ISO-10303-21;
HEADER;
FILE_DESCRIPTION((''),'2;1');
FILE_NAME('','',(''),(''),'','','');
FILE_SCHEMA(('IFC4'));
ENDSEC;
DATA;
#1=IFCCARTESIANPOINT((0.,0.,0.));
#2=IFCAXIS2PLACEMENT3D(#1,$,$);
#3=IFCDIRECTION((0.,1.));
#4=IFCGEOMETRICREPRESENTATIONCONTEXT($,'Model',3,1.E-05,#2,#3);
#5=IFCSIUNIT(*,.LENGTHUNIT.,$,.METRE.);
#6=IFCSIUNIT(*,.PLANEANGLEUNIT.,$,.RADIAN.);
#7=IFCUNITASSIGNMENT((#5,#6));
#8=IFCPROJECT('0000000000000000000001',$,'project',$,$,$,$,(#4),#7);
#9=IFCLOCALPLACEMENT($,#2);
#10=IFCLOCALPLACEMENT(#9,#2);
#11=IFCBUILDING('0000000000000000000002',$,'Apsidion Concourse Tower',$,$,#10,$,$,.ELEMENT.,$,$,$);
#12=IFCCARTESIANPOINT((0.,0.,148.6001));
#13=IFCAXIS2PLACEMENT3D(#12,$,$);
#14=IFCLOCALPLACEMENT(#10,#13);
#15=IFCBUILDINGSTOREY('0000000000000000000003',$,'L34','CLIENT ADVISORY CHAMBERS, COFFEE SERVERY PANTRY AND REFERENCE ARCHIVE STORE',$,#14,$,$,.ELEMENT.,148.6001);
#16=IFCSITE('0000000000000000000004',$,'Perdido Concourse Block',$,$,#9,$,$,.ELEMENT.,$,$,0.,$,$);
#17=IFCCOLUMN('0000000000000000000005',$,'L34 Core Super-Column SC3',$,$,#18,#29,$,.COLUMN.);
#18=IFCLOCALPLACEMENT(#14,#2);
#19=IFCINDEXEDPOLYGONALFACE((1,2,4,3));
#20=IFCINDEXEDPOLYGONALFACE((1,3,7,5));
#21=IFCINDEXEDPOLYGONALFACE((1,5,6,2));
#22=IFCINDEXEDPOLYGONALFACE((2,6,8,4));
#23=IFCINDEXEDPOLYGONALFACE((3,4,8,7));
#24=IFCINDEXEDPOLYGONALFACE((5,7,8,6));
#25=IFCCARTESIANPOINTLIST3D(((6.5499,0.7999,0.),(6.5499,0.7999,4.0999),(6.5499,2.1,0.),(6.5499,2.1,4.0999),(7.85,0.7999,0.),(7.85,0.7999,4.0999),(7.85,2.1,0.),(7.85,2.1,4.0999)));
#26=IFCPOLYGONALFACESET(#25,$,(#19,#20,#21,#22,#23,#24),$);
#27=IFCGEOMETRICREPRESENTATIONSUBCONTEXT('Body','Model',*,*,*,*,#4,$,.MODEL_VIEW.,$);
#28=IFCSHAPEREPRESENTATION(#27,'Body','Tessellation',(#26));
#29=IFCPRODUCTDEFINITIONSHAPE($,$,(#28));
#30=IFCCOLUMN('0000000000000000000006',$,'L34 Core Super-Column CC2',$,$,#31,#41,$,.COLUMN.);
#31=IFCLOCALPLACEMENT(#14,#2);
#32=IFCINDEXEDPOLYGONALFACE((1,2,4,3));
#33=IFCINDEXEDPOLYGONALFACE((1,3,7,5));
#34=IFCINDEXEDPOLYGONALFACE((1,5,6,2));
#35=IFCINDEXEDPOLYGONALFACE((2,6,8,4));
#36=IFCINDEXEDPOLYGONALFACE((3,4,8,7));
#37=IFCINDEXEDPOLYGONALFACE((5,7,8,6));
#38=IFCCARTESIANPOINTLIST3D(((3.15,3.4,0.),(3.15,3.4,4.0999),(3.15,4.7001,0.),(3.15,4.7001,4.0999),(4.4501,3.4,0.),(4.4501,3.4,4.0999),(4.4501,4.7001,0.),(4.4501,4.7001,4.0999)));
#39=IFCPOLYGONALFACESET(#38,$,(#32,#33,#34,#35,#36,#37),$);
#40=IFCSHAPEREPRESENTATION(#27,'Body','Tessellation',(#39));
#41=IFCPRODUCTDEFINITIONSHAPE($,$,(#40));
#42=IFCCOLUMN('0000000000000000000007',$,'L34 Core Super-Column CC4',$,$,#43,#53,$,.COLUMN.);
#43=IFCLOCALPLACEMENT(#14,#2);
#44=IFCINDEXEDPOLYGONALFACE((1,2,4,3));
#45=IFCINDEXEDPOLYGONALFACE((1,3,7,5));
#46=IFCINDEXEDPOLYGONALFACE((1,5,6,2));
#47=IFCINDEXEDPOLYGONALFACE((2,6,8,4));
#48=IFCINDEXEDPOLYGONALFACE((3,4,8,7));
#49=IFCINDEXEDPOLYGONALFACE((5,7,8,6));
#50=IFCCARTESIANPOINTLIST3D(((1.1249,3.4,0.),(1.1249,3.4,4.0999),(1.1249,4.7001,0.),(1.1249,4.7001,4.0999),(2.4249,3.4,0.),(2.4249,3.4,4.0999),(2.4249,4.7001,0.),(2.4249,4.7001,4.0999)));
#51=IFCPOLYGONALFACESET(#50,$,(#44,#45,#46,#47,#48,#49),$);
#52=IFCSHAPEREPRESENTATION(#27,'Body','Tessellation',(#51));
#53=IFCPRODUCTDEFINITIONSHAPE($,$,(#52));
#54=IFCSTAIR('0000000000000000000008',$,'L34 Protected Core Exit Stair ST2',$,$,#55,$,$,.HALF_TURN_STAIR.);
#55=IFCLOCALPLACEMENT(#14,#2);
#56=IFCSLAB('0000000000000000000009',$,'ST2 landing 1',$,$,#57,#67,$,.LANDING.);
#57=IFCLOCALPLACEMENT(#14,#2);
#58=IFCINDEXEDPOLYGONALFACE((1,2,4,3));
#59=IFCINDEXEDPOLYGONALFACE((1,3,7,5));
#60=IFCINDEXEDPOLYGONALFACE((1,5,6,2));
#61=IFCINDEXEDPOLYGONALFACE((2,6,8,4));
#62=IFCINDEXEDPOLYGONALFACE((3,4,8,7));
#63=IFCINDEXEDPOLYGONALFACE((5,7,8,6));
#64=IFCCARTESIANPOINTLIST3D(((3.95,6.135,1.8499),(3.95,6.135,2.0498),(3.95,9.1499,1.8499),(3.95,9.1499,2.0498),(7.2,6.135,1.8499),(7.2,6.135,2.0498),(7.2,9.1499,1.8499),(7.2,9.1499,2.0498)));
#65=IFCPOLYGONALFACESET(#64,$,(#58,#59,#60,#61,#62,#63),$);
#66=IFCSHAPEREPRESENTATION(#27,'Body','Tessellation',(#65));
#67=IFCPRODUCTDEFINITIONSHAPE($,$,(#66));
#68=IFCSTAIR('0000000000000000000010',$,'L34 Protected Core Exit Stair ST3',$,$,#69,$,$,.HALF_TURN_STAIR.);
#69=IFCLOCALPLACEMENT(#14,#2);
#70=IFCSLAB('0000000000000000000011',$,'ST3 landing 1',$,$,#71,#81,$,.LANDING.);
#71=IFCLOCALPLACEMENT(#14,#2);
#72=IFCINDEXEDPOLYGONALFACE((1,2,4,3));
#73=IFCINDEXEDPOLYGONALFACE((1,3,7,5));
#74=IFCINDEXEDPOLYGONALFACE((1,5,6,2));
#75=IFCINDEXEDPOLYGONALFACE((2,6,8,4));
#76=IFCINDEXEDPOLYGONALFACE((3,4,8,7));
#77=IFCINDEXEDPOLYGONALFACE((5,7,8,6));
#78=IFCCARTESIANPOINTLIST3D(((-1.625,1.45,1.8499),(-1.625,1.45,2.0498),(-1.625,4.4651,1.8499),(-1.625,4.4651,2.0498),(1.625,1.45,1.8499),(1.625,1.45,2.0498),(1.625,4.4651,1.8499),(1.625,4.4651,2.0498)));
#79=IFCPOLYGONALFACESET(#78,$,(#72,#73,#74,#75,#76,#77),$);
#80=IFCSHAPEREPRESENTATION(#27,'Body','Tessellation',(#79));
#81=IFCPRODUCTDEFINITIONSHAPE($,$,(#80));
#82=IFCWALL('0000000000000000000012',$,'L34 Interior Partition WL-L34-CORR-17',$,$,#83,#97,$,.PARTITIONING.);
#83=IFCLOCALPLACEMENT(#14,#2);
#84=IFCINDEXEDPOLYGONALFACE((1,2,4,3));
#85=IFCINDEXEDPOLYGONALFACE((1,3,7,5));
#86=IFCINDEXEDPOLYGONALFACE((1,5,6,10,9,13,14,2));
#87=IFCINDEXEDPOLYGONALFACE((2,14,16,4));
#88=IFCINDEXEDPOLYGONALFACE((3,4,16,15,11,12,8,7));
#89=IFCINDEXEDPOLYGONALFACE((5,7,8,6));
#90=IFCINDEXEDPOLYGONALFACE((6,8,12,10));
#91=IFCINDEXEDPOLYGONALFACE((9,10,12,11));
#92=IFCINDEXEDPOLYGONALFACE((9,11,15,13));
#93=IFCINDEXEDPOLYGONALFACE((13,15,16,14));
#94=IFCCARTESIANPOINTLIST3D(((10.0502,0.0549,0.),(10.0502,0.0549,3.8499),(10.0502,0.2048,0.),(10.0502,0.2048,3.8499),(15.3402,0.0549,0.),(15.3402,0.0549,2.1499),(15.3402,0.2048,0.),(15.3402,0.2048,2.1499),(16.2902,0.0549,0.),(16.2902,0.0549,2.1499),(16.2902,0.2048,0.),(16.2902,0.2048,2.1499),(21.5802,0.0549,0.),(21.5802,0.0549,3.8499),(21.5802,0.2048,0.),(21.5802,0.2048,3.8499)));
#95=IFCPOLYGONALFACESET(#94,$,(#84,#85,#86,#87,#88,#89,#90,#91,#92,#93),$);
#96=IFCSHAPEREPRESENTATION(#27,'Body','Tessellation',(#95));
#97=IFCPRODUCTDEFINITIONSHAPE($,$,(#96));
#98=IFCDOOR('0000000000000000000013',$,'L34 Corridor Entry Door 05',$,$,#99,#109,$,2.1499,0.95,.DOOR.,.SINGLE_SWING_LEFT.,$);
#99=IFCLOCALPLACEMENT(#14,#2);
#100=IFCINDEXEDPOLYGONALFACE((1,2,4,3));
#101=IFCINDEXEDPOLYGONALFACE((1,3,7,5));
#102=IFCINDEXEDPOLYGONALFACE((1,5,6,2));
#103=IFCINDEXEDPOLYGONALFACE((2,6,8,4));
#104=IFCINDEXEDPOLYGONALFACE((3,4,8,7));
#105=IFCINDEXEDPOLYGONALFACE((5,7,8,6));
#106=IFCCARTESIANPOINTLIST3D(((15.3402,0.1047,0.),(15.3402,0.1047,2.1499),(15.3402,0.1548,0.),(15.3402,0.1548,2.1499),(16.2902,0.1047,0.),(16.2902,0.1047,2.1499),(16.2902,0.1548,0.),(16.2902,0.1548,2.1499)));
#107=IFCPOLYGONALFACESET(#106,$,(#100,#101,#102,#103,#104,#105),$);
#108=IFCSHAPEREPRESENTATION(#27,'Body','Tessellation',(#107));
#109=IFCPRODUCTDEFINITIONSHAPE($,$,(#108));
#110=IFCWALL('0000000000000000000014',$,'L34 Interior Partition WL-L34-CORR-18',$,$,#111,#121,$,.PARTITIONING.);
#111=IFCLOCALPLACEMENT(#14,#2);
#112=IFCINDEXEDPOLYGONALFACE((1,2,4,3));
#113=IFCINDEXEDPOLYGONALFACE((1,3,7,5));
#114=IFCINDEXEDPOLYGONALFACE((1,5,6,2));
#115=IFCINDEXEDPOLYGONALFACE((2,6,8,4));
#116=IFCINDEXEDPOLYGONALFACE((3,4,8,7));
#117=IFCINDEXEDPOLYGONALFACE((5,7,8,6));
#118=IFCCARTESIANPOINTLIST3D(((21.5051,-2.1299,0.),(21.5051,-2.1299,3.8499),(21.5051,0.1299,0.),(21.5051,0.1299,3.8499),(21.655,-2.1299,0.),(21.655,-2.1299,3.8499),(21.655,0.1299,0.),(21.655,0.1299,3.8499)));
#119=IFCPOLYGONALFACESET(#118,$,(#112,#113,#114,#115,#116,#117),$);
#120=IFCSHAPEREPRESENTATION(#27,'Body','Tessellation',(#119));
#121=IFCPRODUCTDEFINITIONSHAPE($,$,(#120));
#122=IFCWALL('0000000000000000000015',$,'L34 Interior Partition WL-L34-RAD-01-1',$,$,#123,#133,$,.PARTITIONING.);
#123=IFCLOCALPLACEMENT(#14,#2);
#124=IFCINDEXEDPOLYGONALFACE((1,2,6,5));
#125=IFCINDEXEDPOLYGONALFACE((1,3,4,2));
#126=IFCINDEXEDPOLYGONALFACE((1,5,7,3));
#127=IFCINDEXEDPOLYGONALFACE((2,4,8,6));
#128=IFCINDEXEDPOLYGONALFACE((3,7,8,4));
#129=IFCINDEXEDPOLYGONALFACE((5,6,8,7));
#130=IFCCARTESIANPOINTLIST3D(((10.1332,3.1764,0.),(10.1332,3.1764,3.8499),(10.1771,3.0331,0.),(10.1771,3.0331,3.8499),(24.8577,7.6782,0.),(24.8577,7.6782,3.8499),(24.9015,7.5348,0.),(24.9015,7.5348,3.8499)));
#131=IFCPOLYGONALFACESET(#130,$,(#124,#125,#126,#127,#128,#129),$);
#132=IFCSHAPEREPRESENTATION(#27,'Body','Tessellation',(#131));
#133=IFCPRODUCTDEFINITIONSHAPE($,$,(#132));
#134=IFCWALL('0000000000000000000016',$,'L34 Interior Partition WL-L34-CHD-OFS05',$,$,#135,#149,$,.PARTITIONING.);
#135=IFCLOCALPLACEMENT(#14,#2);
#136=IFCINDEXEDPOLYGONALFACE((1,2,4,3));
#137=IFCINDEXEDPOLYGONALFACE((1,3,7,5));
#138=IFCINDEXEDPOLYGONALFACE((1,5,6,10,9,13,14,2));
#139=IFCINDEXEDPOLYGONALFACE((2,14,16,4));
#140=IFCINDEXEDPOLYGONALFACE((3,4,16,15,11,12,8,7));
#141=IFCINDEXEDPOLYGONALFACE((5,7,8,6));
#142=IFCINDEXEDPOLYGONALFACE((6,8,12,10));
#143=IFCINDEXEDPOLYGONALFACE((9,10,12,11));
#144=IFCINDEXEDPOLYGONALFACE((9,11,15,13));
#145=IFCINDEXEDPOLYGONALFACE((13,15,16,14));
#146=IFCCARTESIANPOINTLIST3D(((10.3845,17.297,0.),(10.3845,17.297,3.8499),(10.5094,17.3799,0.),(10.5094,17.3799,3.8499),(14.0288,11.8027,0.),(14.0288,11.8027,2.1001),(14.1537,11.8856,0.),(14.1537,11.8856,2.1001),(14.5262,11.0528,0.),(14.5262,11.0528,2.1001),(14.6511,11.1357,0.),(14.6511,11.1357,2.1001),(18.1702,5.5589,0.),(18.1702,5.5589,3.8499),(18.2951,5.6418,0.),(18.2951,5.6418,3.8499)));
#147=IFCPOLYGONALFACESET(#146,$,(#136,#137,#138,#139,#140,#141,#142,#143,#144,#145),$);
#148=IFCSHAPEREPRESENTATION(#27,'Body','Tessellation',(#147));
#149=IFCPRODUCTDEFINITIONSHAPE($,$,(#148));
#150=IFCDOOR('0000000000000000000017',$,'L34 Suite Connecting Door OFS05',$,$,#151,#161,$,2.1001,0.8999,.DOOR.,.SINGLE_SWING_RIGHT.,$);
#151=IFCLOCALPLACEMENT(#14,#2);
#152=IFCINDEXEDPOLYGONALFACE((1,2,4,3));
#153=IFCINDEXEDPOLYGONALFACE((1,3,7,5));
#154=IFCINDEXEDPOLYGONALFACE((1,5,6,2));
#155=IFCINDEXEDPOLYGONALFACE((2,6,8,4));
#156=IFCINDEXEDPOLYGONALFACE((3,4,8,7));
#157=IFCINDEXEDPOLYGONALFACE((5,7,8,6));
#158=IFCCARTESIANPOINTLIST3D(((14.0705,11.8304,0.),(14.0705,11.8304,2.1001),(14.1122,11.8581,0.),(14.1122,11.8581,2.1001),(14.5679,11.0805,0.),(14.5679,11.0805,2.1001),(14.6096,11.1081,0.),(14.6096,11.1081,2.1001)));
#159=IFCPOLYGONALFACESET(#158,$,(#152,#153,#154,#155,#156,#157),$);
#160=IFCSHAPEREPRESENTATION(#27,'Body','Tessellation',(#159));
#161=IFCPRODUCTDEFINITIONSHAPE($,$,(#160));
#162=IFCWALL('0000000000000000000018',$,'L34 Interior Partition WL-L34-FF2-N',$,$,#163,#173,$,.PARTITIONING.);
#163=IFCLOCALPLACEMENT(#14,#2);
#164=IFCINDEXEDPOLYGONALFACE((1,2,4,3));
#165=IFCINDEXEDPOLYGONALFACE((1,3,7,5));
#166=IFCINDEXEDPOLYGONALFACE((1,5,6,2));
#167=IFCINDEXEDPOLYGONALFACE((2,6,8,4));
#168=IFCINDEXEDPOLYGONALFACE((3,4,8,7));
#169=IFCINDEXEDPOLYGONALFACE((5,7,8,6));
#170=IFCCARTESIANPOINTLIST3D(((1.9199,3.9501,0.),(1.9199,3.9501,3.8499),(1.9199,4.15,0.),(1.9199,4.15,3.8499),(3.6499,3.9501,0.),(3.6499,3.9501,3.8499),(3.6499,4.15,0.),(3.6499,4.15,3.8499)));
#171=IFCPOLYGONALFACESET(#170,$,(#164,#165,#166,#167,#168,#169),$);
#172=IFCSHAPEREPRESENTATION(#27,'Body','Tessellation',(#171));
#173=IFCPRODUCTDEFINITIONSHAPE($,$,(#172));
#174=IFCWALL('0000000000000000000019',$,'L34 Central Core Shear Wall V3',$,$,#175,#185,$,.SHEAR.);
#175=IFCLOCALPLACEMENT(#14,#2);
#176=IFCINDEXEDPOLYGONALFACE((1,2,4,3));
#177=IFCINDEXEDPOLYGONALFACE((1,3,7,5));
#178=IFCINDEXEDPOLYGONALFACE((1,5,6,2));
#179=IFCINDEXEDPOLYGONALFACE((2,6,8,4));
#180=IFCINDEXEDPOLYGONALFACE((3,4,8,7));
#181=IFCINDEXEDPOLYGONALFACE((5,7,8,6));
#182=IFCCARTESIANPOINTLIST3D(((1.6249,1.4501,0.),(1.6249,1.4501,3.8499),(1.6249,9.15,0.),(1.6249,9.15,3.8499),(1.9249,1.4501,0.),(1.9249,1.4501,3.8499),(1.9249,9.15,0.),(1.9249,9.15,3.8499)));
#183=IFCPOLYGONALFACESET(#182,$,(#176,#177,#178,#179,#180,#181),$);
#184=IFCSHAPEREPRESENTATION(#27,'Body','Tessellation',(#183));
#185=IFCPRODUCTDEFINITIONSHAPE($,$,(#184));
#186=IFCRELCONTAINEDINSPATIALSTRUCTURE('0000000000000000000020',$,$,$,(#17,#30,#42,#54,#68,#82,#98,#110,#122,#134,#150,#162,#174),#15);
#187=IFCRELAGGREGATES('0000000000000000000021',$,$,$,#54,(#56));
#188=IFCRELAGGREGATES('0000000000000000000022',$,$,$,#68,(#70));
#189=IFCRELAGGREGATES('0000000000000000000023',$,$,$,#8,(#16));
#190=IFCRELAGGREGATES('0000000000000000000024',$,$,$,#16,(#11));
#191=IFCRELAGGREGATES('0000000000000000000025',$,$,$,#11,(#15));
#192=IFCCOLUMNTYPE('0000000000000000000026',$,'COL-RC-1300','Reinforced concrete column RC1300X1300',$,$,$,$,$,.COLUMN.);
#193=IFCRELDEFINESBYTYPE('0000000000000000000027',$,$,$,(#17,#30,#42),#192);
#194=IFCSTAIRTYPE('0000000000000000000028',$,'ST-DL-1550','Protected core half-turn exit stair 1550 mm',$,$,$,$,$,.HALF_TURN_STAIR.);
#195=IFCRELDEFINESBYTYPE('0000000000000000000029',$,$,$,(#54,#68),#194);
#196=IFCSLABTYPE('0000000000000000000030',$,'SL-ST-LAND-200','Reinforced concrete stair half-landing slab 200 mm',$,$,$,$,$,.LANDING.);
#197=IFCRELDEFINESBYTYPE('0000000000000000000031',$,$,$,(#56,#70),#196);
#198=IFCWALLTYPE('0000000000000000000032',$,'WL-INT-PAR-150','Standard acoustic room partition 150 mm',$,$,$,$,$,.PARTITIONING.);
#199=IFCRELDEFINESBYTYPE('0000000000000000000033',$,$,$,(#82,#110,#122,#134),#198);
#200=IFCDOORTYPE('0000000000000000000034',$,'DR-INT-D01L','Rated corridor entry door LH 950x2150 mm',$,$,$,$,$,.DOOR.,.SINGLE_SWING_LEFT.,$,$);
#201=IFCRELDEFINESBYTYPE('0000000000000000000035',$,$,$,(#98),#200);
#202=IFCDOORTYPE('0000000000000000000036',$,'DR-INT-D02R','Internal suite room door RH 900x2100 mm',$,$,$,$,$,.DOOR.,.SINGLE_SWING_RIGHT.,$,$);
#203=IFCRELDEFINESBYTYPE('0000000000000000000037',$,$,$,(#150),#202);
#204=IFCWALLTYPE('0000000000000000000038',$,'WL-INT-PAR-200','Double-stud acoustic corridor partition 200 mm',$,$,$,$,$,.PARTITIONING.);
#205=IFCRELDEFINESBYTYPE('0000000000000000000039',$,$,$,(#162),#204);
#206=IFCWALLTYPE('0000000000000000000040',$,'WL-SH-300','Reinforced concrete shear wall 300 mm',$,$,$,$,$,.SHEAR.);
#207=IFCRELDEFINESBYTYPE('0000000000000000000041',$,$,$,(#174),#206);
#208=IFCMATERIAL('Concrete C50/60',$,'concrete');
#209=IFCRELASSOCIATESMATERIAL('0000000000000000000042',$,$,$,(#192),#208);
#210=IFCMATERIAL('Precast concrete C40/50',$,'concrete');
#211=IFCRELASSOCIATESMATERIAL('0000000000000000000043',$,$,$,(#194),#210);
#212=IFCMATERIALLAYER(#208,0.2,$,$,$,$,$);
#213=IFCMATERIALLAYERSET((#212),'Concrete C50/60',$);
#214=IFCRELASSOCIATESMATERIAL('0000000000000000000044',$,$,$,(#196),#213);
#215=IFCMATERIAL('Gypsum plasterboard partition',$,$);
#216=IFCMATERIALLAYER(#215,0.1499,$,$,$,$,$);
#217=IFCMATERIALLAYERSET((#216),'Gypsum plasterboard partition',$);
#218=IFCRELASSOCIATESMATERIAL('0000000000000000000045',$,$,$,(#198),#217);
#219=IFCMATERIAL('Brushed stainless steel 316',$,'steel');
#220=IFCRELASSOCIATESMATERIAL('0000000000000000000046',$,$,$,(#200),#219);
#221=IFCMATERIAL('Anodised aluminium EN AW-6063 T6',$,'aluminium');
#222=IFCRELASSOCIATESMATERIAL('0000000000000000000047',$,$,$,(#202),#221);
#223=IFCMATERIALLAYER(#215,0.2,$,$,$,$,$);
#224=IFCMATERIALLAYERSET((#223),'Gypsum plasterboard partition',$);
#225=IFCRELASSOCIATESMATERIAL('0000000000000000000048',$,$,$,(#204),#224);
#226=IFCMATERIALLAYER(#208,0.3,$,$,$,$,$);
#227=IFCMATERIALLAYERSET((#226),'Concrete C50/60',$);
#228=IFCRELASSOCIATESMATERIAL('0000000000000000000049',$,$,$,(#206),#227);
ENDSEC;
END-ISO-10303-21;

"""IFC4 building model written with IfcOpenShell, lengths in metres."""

from ifc_helpers import new_model, si_unit, direction, frame, frame_2d, origin, origin_2d, place, context, subcontext, project, spatial, polyline, rectangle, outline, extrude, material, layer, layer_set, material_profile, profile_set, type_object, element, fill, aggregate, save


model = new_model("IFC4")

# Units and contexts
model_context = context("Model", 3, precision=1e-05, world=origin(), true_north=direction((0.0, 1.0)))
body_context = subcontext(model_context, "Body", "Model", "MODEL_VIEW")
ifc_project = project(units=[si_unit("LENGTHUNIT", "METRE"), si_unit("PLANEANGLEUNIT", "RADIAN")], contexts=[model_context])

# Site, building, storey
site_placement = place(None, origin())
site = spatial("IfcSite", under=ifc_project, at=site_placement, Name="Perdido Concourse Block", CompositionType="ELEMENT", RefElevation=0.0)
building_placement = place(site_placement, origin())
building = spatial("IfcBuilding", under=site, at=building_placement, Name="Apsidion Concourse Tower", CompositionType="ELEMENT")
storey_placement = place(building_placement, frame((0.0, 0.0, 148.6001)))
storey = spatial("IfcBuildingStorey", under=building, at=storey_placement, Name="L34", Description="CLIENT ADVISORY CHAMBERS, COFFEE SERVERY PANTRY AND REFERENCE ARCHIVE STORE", CompositionType="ELEMENT", Elevation=148.6001)

# Columns
ifc_material_1 = material(Name="Concrete C50/60", Category="concrete")
ifc_material_profile = material_profile(ifc_material_1, rectangle(XDim=1.3, YDim=1.3, at=origin_2d()), Name="RC 1300x1300")
ifc_profile_set = profile_set([ifc_material_profile], Name="Concrete C50/60")
column_type = type_object("IfcColumnType", Name="COL-RC-1300", Description="Reinforced concrete column RC1300X1300", PredefinedType="COLUMN", material=ifc_profile_set)
for number, where, z_axis, x_axis, name in (
    (1, (7.2, 1.45, 0.0), (0.0, 0.0, 1.0), (1.0, 0.0, 0.0), "L34 Core Super-Column SC3"),
    (2, (3.8, 4.05, 0.0), (0.0, 0.0, 1.0), (1.0, 0.0, 0.0), "L34 Core Super-Column CC2"),
    (3, (1.7749, 4.05, 0.0), (0.0, 0.0, 1.0), (1.0, 0.0, 0.0), "L34 Core Super-Column CC4"),
):
    element("IfcColumn", number, at=place(storey_placement, frame(where, z_axis=z_axis, x_axis=x_axis)), inside=storey, type_object=column_type, Name=name, PredefinedType="COLUMN", context=body_context, shape_type="SweptSolid", body=[
        extrude(rectangle(XDim=1.3, YDim=1.3, at=origin_2d()), origin(), (0.0, 0.0, 1.0), 4.0999),
    ])

# Stairs, slabs
ifc_material_2 = material(Name="Precast concrete C40/50", Category="concrete")
stair_type = type_object("IfcStairType", Name="ST-DL-1550", Description="Protected core half-turn exit stair 1550 mm", PredefinedType="HALF_TURN_STAIR", material=ifc_material_2)
stair_1_placement = place(storey_placement, origin())
stair_1 = element("IfcStair", 4, at=stair_1_placement, inside=storey, type_object=stair_type, Name="L34 Protected Core Exit Stair ST2", PredefinedType="HALF_TURN_STAIR")
ifc_layer_1 = layer(ifc_material_1, 0.2)
ifc_layer_set_1 = layer_set([ifc_layer_1], Name="Concrete C50/60")
slab_type = type_object("IfcSlabType", Name="SL-ST-LAND-200", Description="Reinforced concrete stair half-landing slab 200 mm", PredefinedType="LANDING", material=ifc_layer_set_1)
slab_1_placement = place(storey_placement, frame((0.0, 0.0, 1.8499)))
slab_1 = element("IfcSlab", 5, at=slab_1_placement, type_object=slab_type, Name="ST2 landing 1", PredefinedType="LANDING", context=body_context, shape_type="SweptSolid", body=[
    extrude(outline(polyline([(7.2, 6.135), (7.2, 9.1499), (3.95, 9.1499), (3.95, 6.135), (7.2, 6.135)])), origin(), (0.0, 0.0, 1.0), 0.2),
])
stair_2_placement = place(storey_placement, origin())
stair_2 = element("IfcStair", 6, at=stair_2_placement, inside=storey, type_object=stair_type, Name="L34 Protected Core Exit Stair ST3", PredefinedType="HALF_TURN_STAIR")
slab_2_placement = place(storey_placement, frame((0.0, 0.0, 1.8499)))
slab_2 = element("IfcSlab", 7, at=slab_2_placement, type_object=slab_type, Name="ST3 landing 1", PredefinedType="LANDING", context=body_context, shape_type="SweptSolid", body=[
    extrude(outline(polyline([(-1.625, 4.4651), (-1.625, 1.45), (1.625, 1.45), (1.625, 4.4651), (-1.625, 4.4651)])), origin(), (0.0, 0.0, 1.0), 0.2),
])

# Wall, opening, door
ifc_material_3 = material(Name="Gypsum plasterboard partition")
ifc_layer_2 = layer(ifc_material_3, 0.1499)
ifc_layer_set_2 = layer_set([ifc_layer_2], Name="Gypsum plasterboard partition")
wall_type_1 = type_object("IfcWallType", Name="WL-INT-PAR-150", Description="Standard acoustic room partition 150 mm", PredefinedType="PARTITIONING", material=ifc_layer_set_2)
wall_1_placement = place(storey_placement, frame((10.05, 0.1299, 0.0), z_axis=(0.0, 0.0, 1.0), x_axis=(1.0, 0.0, 0.0)))
wall_1 = element("IfcWall", 8, at=wall_1_placement, inside=storey, type_object=wall_type_1, Name="L34 Interior Partition WL-L34-CORR-17", PredefinedType="PARTITIONING", context=body_context, shape_type="SweptSolid", body=[
    extrude(rectangle(XDim=11.53, YDim=0.1499, at=frame_2d((5.7651, 0.0))), origin(), (0.0, 0.0, 1.0), 3.8499),
])
opening_1_placement = place(wall_1_placement, frame((5.29, 0.0, 0.0)))
opening_1 = element("IfcOpeningElement", 9, at=opening_1_placement, cuts=wall_1, PredefinedType="OPENING", context=body_context, shape_type="SweptSolid", body=[
    extrude(rectangle(XDim=0.95, YDim=2.1499, at=frame_2d((0.4751, 1.075))), frame((0.0, 0.085, 0.0), z_axis=(0.0, -1.0, 0.0), x_axis=(1.0, 0.0, 0.0)), (0.0, 0.0, 1.0), 0.1699),
])
ifc_material_4 = material(Name="Brushed stainless steel 316", Category="steel")
door_type_1 = type_object("IfcDoorType", Name="DR-INT-D01L", Description="Rated corridor entry door LH 950x2150 mm", OperationType="SINGLE_SWING_LEFT", PredefinedType="DOOR", material=ifc_material_4)
door_1_placement = place(opening_1_placement, origin())
door_1 = element("IfcDoor", 10, at=door_1_placement, inside=storey, type_object=door_type_1, Name="L34 Corridor Entry Door 05", OperationType="SINGLE_SWING_LEFT", OverallHeight=2.1499, OverallWidth=0.95, PredefinedType="DOOR", context=body_context, shape_type="SweptSolid", body=[
    extrude(rectangle(XDim=0.95, YDim=2.1499, at=frame_2d((0.4751, 1.075))), frame((0.0, 0.0249, 0.0), z_axis=(0.0, -1.0, 0.0), x_axis=(1.0, 0.0, 0.0)), (0.0, 0.0, 1.0), 0.05),
])
fill(opening_1, door_1)

# Walls
wall_2_placement = place(storey_placement, frame((21.5801, 0.1299, 0.0), z_axis=(0.0, 0.0, 1.0), x_axis=(0.0, -1.0, 0.0)))
element("IfcWall", 11, at=wall_2_placement, inside=storey, type_object=wall_type_1, Name="L34 Interior Partition WL-L34-CORR-18", PredefinedType="PARTITIONING", context=body_context, shape_type="SweptSolid", body=[
    extrude(rectangle(XDim=2.2598, YDim=0.1499, at=frame_2d((1.1299, 0.0))), origin(), (0.0, 0.0, 1.0), 3.8499),
])
wall_3_placement = place(storey_placement, frame((10.155, 3.1047, 0.0), z_axis=(0.0, 0.0, 1.0), x_axis=(0.956304, 0.292373, 0.0)))
element("IfcWall", 12, at=wall_3_placement, inside=storey, type_object=wall_type_1, Name="L34 Interior Partition WL-L34-RAD-01-1", PredefinedType="PARTITIONING", context=body_context, shape_type="SweptSolid", body=[
    extrude(rectangle(XDim=15.3972, YDim=0.1499, at=frame_2d((7.6987, 0.0))), origin(), (0.0, 0.0, 1.0), 3.8499),
])

# Wall, opening, door
wall_4_placement = place(storey_placement, frame((18.2327, 5.6003, 0.0), z_axis=(0.0, 0.0, 1.0), x_axis=(-0.552747, 0.833349, 0.0)))
wall_4 = element("IfcWall", 13, at=wall_4_placement, inside=storey, type_object=wall_type_1, Name="L34 Interior Partition WL-L34-CHD-OFS05", PredefinedType="PARTITIONING", context=body_context, shape_type="SweptSolid", body=[
    extrude(rectangle(XDim=14.0854, YDim=0.1499, at=frame_2d((7.0427, 0.0))), origin(), (0.0, 0.0, 1.0), 3.8499),
])
opening_2_placement = place(wall_4_placement, frame((6.5925, 0.0, 0.0)))
opening_2 = element("IfcOpeningElement", 14, at=opening_2_placement, cuts=wall_4, PredefinedType="OPENING", context=body_context, shape_type="SweptSolid", body=[
    extrude(rectangle(XDim=0.8999, YDim=2.1001, at=frame_2d((0.45, 1.05))), frame((0.0, 0.085, 0.0), z_axis=(0.0, -1.0, 0.0), x_axis=(1.0, 0.0, 0.0)), (0.0, 0.0, 1.0), 0.1699),
])
ifc_material_5 = material(Name="Anodised aluminium EN AW-6063 T6", Category="aluminium")
door_type_2 = type_object("IfcDoorType", Name="DR-INT-D02R", Description="Internal suite room door RH 900x2100 mm", OperationType="SINGLE_SWING_RIGHT", PredefinedType="DOOR", material=ifc_material_5)
door_2_placement = place(opening_2_placement, origin())
door_2 = element("IfcDoor", 15, at=door_2_placement, inside=storey, type_object=door_type_2, Name="L34 Suite Connecting Door OFS05", OperationType="SINGLE_SWING_RIGHT", OverallHeight=2.1001, OverallWidth=0.8999, PredefinedType="DOOR", context=body_context, shape_type="SweptSolid", body=[
    extrude(rectangle(XDim=0.8999, YDim=2.1001, at=frame_2d((0.45, 1.05))), frame((0.0, 0.0249, 0.0), z_axis=(0.0, -1.0, 0.0), x_axis=(1.0, 0.0, 0.0)), (0.0, 0.0, 1.0), 0.05),
])
fill(opening_2, door_2)

# Walls
ifc_layer_3 = layer(ifc_material_3, 0.2)
ifc_layer_set_3 = layer_set([ifc_layer_3], Name="Gypsum plasterboard partition")
wall_type_2 = type_object("IfcWallType", Name="WL-INT-PAR-200", Description="Double-stud acoustic corridor partition 200 mm", PredefinedType="PARTITIONING", material=ifc_layer_set_3)
wall_5_placement = place(storey_placement, frame((1.9199, 4.05, 0.0), z_axis=(0.0, 0.0, 1.0), x_axis=(1.0, 0.0, 0.0)))
element("IfcWall", 16, at=wall_5_placement, inside=storey, type_object=wall_type_2, Name="L34 Interior Partition WL-L34-FF2-N", PredefinedType="PARTITIONING", context=body_context, shape_type="SweptSolid", body=[
    extrude(rectangle(XDim=1.73, YDim=0.2, at=frame_2d((0.865, 0.0))), origin(), (0.0, 0.0, 1.0), 3.8499),
])
ifc_layer_4 = layer(ifc_material_1, 0.3)
ifc_layer_set_4 = layer_set([ifc_layer_4], Name="Concrete C50/60")
wall_type_3 = type_object("IfcWallType", Name="WL-SH-300", Description="Reinforced concrete shear wall 300 mm", PredefinedType="SHEAR", material=ifc_layer_set_4)
for number, where, z_axis, x_axis, name in (
    (17, (1.7749, 1.45, 0.0), (0.0, 0.0, 1.0), (0.0, 1.0, 0.0), "L34 Central Core Shear Wall V3"),
):
    element("IfcWall", number, at=place(storey_placement, frame(where, z_axis=z_axis, x_axis=x_axis)), inside=storey, type_object=wall_type_3, Name=name, PredefinedType="SHEAR", context=body_context, shape_type="SweptSolid", body=[
        extrude(rectangle(XDim=7.7, YDim=0.3, at=frame_2d((3.8501, 0.0))), origin(), (0.0, 0.0, 1.0), 3.8499),
    ])

aggregate(stair_1, [slab_1])
aggregate(stair_2, [slab_2])

save(model, "model.ifc")
